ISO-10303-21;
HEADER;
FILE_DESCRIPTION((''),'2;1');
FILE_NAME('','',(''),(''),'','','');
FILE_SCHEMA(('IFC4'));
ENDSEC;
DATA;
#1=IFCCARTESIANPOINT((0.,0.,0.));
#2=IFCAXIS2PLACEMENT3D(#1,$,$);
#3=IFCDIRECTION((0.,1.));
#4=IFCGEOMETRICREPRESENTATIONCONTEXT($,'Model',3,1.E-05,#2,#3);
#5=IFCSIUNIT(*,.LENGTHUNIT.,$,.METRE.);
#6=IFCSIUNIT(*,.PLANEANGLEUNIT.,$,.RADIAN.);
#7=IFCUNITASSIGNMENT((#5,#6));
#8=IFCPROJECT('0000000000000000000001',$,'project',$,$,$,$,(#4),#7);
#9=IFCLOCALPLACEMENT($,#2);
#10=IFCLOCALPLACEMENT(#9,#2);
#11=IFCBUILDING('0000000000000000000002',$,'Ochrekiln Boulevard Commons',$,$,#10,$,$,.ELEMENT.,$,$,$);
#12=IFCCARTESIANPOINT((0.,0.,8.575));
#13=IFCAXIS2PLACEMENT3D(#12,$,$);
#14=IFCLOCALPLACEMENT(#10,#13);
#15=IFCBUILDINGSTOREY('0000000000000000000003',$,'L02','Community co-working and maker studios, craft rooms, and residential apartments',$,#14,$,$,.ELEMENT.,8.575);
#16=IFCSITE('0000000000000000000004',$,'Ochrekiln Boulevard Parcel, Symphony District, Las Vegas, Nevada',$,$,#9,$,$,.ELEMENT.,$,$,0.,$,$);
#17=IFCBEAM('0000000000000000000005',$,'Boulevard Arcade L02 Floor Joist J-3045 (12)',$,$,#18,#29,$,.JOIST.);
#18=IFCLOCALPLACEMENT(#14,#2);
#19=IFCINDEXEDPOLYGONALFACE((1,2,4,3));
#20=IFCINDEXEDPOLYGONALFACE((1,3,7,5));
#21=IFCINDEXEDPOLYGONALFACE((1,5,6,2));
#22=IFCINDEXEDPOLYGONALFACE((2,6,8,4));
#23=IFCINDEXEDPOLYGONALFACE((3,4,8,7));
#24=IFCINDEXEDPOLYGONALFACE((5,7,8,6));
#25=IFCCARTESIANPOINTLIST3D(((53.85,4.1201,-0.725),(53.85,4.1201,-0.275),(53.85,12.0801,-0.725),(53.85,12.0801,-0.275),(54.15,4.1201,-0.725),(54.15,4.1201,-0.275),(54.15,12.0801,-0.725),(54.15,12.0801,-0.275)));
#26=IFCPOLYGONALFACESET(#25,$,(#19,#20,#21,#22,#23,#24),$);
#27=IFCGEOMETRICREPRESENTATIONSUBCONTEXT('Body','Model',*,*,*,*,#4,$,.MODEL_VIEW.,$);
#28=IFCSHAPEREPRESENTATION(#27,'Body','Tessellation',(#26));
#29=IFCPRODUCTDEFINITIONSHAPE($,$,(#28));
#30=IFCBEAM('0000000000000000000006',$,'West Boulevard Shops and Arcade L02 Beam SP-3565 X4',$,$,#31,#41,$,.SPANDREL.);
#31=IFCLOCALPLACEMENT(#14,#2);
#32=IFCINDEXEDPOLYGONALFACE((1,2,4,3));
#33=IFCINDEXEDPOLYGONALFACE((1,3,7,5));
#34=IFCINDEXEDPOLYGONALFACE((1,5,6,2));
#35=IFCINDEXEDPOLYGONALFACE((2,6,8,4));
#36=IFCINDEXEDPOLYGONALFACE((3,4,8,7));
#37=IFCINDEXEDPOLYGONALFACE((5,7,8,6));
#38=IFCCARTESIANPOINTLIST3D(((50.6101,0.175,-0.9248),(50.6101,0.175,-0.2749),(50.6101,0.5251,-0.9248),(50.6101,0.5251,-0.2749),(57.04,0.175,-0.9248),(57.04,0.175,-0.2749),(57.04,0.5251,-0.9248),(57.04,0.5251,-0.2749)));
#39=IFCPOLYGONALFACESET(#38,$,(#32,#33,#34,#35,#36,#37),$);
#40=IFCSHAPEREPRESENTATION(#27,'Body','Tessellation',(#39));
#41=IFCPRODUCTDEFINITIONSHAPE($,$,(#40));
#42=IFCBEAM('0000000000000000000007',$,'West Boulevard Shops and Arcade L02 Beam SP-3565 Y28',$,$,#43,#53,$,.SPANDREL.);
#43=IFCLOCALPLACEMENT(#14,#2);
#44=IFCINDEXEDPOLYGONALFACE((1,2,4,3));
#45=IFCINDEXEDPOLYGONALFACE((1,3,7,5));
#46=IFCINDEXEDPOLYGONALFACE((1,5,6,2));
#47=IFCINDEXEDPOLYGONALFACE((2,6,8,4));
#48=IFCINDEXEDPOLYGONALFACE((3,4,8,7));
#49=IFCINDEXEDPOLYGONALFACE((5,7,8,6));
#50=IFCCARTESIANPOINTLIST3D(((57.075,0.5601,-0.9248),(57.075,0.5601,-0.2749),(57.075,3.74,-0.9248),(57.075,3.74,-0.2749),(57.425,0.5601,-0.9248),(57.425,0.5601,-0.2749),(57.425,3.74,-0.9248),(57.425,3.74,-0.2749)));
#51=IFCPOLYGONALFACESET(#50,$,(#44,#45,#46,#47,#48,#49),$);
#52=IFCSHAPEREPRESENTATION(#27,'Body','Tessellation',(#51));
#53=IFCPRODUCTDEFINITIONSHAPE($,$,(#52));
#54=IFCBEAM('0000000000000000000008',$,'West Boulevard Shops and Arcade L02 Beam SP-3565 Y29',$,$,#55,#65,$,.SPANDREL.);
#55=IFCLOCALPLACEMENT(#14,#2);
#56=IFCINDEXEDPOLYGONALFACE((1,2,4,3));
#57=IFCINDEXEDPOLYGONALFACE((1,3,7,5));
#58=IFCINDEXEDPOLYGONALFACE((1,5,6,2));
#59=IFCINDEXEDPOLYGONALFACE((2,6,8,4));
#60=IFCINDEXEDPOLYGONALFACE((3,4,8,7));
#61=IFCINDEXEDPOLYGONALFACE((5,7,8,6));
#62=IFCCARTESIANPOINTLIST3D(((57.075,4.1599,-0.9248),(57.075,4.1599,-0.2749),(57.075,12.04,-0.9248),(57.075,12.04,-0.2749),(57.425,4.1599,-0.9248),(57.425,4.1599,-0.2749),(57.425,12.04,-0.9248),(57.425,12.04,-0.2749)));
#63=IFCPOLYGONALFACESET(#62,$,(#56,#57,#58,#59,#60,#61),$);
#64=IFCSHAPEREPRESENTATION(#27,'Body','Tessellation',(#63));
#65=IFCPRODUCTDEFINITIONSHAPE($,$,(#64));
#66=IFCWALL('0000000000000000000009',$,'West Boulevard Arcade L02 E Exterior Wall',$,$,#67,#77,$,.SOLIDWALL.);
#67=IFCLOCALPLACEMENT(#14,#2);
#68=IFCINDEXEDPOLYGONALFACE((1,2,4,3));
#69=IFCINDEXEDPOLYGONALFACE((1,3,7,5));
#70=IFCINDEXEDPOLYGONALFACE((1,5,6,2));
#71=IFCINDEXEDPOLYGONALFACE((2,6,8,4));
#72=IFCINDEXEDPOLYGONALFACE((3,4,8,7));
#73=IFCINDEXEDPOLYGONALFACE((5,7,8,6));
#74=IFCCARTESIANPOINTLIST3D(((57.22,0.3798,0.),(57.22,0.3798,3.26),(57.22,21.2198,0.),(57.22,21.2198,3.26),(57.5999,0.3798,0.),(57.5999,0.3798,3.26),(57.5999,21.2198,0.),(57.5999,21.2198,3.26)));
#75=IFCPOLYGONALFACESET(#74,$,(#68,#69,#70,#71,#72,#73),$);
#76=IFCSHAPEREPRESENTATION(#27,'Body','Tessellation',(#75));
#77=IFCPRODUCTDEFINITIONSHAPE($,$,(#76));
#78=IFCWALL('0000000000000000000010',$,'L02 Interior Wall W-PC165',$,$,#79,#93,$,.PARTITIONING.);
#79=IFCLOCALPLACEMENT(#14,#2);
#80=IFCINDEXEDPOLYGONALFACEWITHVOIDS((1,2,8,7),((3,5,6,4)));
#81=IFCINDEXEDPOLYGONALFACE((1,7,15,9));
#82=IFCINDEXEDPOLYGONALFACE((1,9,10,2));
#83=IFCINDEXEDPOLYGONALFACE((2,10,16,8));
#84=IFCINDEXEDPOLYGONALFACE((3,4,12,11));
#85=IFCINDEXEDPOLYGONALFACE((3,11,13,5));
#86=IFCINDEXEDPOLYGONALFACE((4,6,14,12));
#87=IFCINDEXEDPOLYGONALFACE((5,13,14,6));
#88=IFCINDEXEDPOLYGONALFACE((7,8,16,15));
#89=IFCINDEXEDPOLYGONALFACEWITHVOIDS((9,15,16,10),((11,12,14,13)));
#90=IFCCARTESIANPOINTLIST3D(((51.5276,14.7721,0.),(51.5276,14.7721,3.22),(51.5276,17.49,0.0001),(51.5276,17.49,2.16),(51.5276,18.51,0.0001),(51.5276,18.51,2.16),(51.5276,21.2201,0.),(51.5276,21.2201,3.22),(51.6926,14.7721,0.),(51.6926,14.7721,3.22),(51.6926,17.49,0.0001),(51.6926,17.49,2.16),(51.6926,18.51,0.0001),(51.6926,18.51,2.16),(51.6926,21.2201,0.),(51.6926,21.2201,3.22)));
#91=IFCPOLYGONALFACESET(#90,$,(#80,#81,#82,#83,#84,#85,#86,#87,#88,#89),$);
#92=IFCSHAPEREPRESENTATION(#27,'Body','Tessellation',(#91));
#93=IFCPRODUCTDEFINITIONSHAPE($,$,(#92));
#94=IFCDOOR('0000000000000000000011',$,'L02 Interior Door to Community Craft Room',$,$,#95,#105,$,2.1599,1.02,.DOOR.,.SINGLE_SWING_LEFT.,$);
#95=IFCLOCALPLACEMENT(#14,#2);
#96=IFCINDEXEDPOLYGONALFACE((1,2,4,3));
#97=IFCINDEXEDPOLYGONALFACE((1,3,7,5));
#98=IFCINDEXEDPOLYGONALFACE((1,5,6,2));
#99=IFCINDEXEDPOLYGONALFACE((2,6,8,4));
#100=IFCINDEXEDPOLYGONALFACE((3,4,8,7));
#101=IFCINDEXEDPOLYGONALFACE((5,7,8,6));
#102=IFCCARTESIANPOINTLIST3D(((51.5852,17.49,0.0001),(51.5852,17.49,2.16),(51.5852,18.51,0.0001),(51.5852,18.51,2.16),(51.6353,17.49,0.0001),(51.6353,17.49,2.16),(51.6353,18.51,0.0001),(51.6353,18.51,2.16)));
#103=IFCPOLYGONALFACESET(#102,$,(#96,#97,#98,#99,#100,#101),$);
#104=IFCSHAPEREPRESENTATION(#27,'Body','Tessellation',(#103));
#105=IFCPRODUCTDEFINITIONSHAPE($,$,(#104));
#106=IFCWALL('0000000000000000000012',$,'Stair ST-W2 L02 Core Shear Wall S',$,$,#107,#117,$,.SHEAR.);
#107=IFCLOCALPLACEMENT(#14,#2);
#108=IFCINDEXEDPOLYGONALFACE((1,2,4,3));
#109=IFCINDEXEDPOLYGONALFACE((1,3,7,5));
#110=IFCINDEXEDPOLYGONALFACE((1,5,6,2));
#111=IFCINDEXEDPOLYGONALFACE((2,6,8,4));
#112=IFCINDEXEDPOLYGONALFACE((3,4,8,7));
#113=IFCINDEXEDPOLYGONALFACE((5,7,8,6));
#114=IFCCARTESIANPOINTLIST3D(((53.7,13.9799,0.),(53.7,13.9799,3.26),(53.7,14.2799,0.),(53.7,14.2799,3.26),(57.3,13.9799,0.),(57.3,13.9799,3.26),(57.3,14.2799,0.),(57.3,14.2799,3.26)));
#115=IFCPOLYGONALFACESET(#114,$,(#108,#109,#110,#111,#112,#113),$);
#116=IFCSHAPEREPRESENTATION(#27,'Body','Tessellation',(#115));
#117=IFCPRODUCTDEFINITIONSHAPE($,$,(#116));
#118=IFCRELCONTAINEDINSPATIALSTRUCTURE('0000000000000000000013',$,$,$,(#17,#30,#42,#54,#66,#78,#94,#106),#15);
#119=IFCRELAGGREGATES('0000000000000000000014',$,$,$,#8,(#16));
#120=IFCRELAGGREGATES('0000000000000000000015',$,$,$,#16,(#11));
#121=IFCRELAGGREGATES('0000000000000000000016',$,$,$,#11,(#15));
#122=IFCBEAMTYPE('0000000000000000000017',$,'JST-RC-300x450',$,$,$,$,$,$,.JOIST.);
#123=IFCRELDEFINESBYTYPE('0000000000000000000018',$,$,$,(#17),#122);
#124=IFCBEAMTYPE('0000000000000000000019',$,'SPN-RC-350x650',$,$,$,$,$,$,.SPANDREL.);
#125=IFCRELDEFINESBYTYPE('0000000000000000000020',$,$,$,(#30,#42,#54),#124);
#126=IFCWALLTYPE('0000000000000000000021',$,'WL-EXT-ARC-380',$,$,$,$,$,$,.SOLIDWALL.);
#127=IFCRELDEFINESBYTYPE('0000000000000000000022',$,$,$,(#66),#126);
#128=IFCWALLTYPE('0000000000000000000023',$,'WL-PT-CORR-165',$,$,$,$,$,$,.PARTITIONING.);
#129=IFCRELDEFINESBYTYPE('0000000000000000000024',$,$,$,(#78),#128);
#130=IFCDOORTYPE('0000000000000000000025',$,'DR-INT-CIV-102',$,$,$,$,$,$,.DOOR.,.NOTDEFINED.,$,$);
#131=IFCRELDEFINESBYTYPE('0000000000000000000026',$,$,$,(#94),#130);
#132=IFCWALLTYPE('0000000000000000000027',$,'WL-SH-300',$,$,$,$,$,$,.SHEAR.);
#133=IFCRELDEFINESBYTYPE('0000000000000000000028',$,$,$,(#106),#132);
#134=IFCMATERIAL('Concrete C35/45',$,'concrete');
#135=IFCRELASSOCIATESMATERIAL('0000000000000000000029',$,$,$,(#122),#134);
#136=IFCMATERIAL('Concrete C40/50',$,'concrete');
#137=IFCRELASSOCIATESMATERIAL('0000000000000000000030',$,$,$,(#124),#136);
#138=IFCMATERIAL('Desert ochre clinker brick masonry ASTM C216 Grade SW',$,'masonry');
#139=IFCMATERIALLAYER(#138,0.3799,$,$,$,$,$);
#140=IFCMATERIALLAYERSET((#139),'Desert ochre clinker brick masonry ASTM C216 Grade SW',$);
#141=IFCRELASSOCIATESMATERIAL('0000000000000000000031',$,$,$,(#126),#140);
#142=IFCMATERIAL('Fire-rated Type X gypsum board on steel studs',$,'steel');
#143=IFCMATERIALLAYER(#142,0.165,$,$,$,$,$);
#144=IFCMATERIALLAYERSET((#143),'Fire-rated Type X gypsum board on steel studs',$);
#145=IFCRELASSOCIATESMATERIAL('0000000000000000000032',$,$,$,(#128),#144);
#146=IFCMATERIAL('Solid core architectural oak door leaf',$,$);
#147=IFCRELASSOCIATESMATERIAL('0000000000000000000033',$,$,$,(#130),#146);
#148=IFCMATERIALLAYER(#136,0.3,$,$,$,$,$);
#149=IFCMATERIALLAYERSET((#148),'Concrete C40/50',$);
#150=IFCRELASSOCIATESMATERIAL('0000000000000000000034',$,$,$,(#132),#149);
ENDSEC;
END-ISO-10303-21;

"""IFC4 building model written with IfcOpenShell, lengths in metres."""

from ifc_helpers import new_model, si_unit, direction, frame, frame_2d, origin, origin_2d, place, context, subcontext, project, spatial, rectangle, extrude, material, layer, layer_set, material_profile, profile_set, type_object, element, fill, save


model = new_model("IFC4")

# Units and contexts
model_context = context("Model", 3, precision=1e-05, world=origin(), true_north=direction((0.0, 1.0)))
body_context = subcontext(model_context, "Body", "Model", "MODEL_VIEW")
ifc_project = project(units=[si_unit("LENGTHUNIT", "METRE"), si_unit("PLANEANGLEUNIT", "RADIAN")], contexts=[model_context])

# Site, building, storey
site_placement = place(None, origin())
site = spatial("IfcSite", under=ifc_project, at=site_placement, Name="Ochrekiln Boulevard Parcel, Symphony District, Las Vegas, Nevada", CompositionType="ELEMENT", RefElevation=0.0)
building_placement = place(site_placement, origin())
building = spatial("IfcBuilding", under=site, at=building_placement, Name="Ochrekiln Boulevard Commons", CompositionType="ELEMENT")
storey_placement = place(building_placement, frame((0.0, 0.0, 8.575)))
storey = spatial("IfcBuildingStorey", under=building, at=storey_placement, Name="L02", Description="Community co-working and maker studios, craft rooms, and residential apartments", CompositionType="ELEMENT", Elevation=8.575)

# Shared definitions
ifc_material_1 = material(Name="Concrete C35/45", Category="concrete")
ifc_material_2 = material(Name="Concrete C40/50", Category="concrete")

# Beams
ifc_material_profile_1 = material_profile(ifc_material_1, rectangle(XDim=0.3, YDim=0.45, at=origin_2d()), Name="RC-JST-300x450")
ifc_profile_set_1 = profile_set([ifc_material_profile_1], Name="Concrete C35/45")
beam_type_1 = type_object("IfcBeamType", Name="JST-RC-300x450", PredefinedType="JOIST", material=ifc_profile_set_1)
beam_1_placement = place(storey_placement, frame((54.0, 4.1201, -0.5), z_axis=(0.0, 1.0, 0.0), x_axis=(-1.0, 0.0, 0.0)))
element("IfcBeam", 1, at=beam_1_placement, inside=storey, type_object=beam_type_1, Name="Boulevard Arcade L02 Floor Joist J-3045 (12)", PredefinedType="JOIST", context=body_context, shape_type="SweptSolid", body=[
    extrude(rectangle(XDim=0.3, YDim=0.45, at=origin_2d()), origin(), (0.0, 0.0, 1.0), 7.96),
])
ifc_material_profile_2 = material_profile(ifc_material_2, rectangle(XDim=0.3501, YDim=0.6499, at=origin_2d()), Name="RC-SPN-350x650")
ifc_profile_set_2 = profile_set([ifc_material_profile_2], Name="Concrete C40/50")
beam_type_2 = type_object("IfcBeamType", Name="SPN-RC-350x650", PredefinedType="SPANDREL", material=ifc_profile_set_2)
beam_2_placement = place(storey_placement, frame((50.6101, 0.3501, -0.5999), z_axis=(1.0, 0.0, 0.0), x_axis=(0.0, 1.0, 0.0)))
element("IfcBeam", 2, at=beam_2_placement, inside=storey, type_object=beam_type_2, Name="West Boulevard Shops and Arcade L02 Beam SP-3565 X4", PredefinedType="SPANDREL", context=body_context, shape_type="SweptSolid", body=[
    extrude(rectangle(XDim=0.3501, YDim=0.6499, at=origin_2d()), origin(), (0.0, 0.0, 1.0), 6.4299),
])
beam_3_placement = place(storey_placement, frame((57.25, 0.5601, -0.5999), z_axis=(0.0, 1.0, 0.0), x_axis=(-1.0, 0.0, 0.0)))
element("IfcBeam", 3, at=beam_3_placement, inside=storey, type_object=beam_type_2, Name="West Boulevard Shops and Arcade L02 Beam SP-3565 Y28", PredefinedType="SPANDREL", context=body_context, shape_type="SweptSolid", body=[
    extrude(rectangle(XDim=0.3501, YDim=0.6499, at=origin_2d()), origin(), (0.0, 0.0, 1.0), 3.1799),
])
beam_4_placement = place(storey_placement, frame((57.25, 4.1599, -0.5999), z_axis=(0.0, 1.0, 0.0), x_axis=(-1.0, 0.0, 0.0)))
element("IfcBeam", 4, at=beam_4_placement, inside=storey, type_object=beam_type_2, Name="West Boulevard Shops and Arcade L02 Beam SP-3565 Y29", PredefinedType="SPANDREL", context=body_context, shape_type="SweptSolid", body=[
    extrude(rectangle(XDim=0.3501, YDim=0.6499, at=origin_2d()), origin(), (0.0, 0.0, 1.0), 7.8801),
])

# Wall
ifc_material_3 = material(Name="Desert ochre clinker brick masonry ASTM C216 Grade SW", Category="masonry")
ifc_layer_1 = layer(ifc_material_3, 0.3799)
ifc_layer_set_1 = layer_set([ifc_layer_1], Name="Desert ochre clinker brick masonry ASTM C216 Grade SW")
wall_type_1 = type_object("IfcWallType", Name="WL-EXT-ARC-380", PredefinedType="SOLIDWALL", material=ifc_layer_set_1)
wall_1_placement = place(storey_placement, frame((57.4099, 0.3799, 0.0), z_axis=(0.0, 0.0, 1.0), x_axis=(0.0, 1.0, 0.0)))
element("IfcWall", 5, at=wall_1_placement, inside=storey, type_object=wall_type_1, Name="West Boulevard Arcade L02 E Exterior Wall", PredefinedType="SOLIDWALL", context=body_context, shape_type="SweptSolid", body=[
    extrude(rectangle(XDim=20.8401, YDim=0.3799, at=frame_2d((10.4199, 0.0))), origin(), (0.0, 0.0, 1.0), 3.26),
])

# Wall, opening, door
ifc_material_4 = material(Name="Fire-rated Type X gypsum board on steel studs", Category="steel")
ifc_layer_2 = layer(ifc_material_4, 0.165)
ifc_layer_set_2 = layer_set([ifc_layer_2], Name="Fire-rated Type X gypsum board on steel studs")
wall_type_2 = type_object("IfcWallType", Name="WL-PT-CORR-165", PredefinedType="PARTITIONING", material=ifc_layer_set_2)
wall_2_placement = place(storey_placement, frame((51.6101, 14.772, 0.0), z_axis=(0.0, 0.0, 1.0), x_axis=(0.0, 1.0, 0.0)))
wall_2 = element("IfcWall", 6, at=wall_2_placement, inside=storey, type_object=wall_type_2, Name="L02 Interior Wall W-PC165", PredefinedType="PARTITIONING", context=body_context, shape_type="SweptSolid", body=[
    extrude(rectangle(XDim=6.448, YDim=0.165, at=frame_2d((3.2241, 0.0))), origin(), (0.0, 0.0, 1.0), 3.22),
])
opening_1_placement = place(wall_2_placement, frame((2.718, 0.0, 0.0)))
opening_1 = element("IfcOpeningElement", 7, at=opening_1_placement, cuts=wall_2, PredefinedType="OPENING", context=body_context, shape_type="SweptSolid", body=[
    extrude(rectangle(XDim=1.02, YDim=2.1599, at=frame_2d((0.51, 1.0801))), frame((0.0, 0.0925, 0.0), z_axis=(0.0, -1.0, 0.0), x_axis=(1.0, 0.0, 0.0)), (0.0, 0.0, 1.0), 0.1851),
])
ifc_material_5 = material(Name="Solid core architectural oak door leaf")
door_type_1 = type_object("IfcDoorType", Name="DR-INT-CIV-102", OperationType="NOTDEFINED", PredefinedType="DOOR", material=ifc_material_5)
door_1_placement = place(opening_1_placement, origin())
door_1 = element("IfcDoor", 8, at=door_1_placement, inside=storey, type_object=door_type_1, Name="L02 Interior Door to Community Craft Room", OperationType="SINGLE_SWING_LEFT", OverallHeight=2.1599, OverallWidth=1.02, PredefinedType="DOOR", context=body_context, shape_type="SweptSolid", body=[
    extrude(rectangle(XDim=1.02, YDim=2.1599, at=frame_2d((0.51, 1.0801))), frame((0.0, 0.0249, 0.0), z_axis=(0.0, -1.0, 0.0), x_axis=(1.0, 0.0, 0.0)), (0.0, 0.0, 1.0), 0.05),
])
fill(opening_1, door_1)

# Wall
ifc_layer_3 = layer(ifc_material_2, 0.3)
ifc_layer_set_3 = layer_set([ifc_layer_3], Name="Concrete C40/50")
wall_type_3 = type_object("IfcWallType", Name="WL-SH-300", PredefinedType="SHEAR", material=ifc_layer_set_3)
wall_3_placement = place(storey_placement, frame((53.7, 14.1299, 0.0), z_axis=(0.0, 0.0, 1.0), x_axis=(1.0, 0.0, 0.0)))
element("IfcWall", 9, at=wall_3_placement, inside=storey, type_object=wall_type_3, Name="Stair ST-W2 L02 Core Shear Wall S", PredefinedType="SHEAR", context=body_context, shape_type="SweptSolid", body=[
    extrude(rectangle(XDim=3.6001, YDim=0.3, at=frame_2d((1.8, 0.0))), origin(), (0.0, 0.0, 1.0), 3.26),
])

save(model, "model.ifc")
